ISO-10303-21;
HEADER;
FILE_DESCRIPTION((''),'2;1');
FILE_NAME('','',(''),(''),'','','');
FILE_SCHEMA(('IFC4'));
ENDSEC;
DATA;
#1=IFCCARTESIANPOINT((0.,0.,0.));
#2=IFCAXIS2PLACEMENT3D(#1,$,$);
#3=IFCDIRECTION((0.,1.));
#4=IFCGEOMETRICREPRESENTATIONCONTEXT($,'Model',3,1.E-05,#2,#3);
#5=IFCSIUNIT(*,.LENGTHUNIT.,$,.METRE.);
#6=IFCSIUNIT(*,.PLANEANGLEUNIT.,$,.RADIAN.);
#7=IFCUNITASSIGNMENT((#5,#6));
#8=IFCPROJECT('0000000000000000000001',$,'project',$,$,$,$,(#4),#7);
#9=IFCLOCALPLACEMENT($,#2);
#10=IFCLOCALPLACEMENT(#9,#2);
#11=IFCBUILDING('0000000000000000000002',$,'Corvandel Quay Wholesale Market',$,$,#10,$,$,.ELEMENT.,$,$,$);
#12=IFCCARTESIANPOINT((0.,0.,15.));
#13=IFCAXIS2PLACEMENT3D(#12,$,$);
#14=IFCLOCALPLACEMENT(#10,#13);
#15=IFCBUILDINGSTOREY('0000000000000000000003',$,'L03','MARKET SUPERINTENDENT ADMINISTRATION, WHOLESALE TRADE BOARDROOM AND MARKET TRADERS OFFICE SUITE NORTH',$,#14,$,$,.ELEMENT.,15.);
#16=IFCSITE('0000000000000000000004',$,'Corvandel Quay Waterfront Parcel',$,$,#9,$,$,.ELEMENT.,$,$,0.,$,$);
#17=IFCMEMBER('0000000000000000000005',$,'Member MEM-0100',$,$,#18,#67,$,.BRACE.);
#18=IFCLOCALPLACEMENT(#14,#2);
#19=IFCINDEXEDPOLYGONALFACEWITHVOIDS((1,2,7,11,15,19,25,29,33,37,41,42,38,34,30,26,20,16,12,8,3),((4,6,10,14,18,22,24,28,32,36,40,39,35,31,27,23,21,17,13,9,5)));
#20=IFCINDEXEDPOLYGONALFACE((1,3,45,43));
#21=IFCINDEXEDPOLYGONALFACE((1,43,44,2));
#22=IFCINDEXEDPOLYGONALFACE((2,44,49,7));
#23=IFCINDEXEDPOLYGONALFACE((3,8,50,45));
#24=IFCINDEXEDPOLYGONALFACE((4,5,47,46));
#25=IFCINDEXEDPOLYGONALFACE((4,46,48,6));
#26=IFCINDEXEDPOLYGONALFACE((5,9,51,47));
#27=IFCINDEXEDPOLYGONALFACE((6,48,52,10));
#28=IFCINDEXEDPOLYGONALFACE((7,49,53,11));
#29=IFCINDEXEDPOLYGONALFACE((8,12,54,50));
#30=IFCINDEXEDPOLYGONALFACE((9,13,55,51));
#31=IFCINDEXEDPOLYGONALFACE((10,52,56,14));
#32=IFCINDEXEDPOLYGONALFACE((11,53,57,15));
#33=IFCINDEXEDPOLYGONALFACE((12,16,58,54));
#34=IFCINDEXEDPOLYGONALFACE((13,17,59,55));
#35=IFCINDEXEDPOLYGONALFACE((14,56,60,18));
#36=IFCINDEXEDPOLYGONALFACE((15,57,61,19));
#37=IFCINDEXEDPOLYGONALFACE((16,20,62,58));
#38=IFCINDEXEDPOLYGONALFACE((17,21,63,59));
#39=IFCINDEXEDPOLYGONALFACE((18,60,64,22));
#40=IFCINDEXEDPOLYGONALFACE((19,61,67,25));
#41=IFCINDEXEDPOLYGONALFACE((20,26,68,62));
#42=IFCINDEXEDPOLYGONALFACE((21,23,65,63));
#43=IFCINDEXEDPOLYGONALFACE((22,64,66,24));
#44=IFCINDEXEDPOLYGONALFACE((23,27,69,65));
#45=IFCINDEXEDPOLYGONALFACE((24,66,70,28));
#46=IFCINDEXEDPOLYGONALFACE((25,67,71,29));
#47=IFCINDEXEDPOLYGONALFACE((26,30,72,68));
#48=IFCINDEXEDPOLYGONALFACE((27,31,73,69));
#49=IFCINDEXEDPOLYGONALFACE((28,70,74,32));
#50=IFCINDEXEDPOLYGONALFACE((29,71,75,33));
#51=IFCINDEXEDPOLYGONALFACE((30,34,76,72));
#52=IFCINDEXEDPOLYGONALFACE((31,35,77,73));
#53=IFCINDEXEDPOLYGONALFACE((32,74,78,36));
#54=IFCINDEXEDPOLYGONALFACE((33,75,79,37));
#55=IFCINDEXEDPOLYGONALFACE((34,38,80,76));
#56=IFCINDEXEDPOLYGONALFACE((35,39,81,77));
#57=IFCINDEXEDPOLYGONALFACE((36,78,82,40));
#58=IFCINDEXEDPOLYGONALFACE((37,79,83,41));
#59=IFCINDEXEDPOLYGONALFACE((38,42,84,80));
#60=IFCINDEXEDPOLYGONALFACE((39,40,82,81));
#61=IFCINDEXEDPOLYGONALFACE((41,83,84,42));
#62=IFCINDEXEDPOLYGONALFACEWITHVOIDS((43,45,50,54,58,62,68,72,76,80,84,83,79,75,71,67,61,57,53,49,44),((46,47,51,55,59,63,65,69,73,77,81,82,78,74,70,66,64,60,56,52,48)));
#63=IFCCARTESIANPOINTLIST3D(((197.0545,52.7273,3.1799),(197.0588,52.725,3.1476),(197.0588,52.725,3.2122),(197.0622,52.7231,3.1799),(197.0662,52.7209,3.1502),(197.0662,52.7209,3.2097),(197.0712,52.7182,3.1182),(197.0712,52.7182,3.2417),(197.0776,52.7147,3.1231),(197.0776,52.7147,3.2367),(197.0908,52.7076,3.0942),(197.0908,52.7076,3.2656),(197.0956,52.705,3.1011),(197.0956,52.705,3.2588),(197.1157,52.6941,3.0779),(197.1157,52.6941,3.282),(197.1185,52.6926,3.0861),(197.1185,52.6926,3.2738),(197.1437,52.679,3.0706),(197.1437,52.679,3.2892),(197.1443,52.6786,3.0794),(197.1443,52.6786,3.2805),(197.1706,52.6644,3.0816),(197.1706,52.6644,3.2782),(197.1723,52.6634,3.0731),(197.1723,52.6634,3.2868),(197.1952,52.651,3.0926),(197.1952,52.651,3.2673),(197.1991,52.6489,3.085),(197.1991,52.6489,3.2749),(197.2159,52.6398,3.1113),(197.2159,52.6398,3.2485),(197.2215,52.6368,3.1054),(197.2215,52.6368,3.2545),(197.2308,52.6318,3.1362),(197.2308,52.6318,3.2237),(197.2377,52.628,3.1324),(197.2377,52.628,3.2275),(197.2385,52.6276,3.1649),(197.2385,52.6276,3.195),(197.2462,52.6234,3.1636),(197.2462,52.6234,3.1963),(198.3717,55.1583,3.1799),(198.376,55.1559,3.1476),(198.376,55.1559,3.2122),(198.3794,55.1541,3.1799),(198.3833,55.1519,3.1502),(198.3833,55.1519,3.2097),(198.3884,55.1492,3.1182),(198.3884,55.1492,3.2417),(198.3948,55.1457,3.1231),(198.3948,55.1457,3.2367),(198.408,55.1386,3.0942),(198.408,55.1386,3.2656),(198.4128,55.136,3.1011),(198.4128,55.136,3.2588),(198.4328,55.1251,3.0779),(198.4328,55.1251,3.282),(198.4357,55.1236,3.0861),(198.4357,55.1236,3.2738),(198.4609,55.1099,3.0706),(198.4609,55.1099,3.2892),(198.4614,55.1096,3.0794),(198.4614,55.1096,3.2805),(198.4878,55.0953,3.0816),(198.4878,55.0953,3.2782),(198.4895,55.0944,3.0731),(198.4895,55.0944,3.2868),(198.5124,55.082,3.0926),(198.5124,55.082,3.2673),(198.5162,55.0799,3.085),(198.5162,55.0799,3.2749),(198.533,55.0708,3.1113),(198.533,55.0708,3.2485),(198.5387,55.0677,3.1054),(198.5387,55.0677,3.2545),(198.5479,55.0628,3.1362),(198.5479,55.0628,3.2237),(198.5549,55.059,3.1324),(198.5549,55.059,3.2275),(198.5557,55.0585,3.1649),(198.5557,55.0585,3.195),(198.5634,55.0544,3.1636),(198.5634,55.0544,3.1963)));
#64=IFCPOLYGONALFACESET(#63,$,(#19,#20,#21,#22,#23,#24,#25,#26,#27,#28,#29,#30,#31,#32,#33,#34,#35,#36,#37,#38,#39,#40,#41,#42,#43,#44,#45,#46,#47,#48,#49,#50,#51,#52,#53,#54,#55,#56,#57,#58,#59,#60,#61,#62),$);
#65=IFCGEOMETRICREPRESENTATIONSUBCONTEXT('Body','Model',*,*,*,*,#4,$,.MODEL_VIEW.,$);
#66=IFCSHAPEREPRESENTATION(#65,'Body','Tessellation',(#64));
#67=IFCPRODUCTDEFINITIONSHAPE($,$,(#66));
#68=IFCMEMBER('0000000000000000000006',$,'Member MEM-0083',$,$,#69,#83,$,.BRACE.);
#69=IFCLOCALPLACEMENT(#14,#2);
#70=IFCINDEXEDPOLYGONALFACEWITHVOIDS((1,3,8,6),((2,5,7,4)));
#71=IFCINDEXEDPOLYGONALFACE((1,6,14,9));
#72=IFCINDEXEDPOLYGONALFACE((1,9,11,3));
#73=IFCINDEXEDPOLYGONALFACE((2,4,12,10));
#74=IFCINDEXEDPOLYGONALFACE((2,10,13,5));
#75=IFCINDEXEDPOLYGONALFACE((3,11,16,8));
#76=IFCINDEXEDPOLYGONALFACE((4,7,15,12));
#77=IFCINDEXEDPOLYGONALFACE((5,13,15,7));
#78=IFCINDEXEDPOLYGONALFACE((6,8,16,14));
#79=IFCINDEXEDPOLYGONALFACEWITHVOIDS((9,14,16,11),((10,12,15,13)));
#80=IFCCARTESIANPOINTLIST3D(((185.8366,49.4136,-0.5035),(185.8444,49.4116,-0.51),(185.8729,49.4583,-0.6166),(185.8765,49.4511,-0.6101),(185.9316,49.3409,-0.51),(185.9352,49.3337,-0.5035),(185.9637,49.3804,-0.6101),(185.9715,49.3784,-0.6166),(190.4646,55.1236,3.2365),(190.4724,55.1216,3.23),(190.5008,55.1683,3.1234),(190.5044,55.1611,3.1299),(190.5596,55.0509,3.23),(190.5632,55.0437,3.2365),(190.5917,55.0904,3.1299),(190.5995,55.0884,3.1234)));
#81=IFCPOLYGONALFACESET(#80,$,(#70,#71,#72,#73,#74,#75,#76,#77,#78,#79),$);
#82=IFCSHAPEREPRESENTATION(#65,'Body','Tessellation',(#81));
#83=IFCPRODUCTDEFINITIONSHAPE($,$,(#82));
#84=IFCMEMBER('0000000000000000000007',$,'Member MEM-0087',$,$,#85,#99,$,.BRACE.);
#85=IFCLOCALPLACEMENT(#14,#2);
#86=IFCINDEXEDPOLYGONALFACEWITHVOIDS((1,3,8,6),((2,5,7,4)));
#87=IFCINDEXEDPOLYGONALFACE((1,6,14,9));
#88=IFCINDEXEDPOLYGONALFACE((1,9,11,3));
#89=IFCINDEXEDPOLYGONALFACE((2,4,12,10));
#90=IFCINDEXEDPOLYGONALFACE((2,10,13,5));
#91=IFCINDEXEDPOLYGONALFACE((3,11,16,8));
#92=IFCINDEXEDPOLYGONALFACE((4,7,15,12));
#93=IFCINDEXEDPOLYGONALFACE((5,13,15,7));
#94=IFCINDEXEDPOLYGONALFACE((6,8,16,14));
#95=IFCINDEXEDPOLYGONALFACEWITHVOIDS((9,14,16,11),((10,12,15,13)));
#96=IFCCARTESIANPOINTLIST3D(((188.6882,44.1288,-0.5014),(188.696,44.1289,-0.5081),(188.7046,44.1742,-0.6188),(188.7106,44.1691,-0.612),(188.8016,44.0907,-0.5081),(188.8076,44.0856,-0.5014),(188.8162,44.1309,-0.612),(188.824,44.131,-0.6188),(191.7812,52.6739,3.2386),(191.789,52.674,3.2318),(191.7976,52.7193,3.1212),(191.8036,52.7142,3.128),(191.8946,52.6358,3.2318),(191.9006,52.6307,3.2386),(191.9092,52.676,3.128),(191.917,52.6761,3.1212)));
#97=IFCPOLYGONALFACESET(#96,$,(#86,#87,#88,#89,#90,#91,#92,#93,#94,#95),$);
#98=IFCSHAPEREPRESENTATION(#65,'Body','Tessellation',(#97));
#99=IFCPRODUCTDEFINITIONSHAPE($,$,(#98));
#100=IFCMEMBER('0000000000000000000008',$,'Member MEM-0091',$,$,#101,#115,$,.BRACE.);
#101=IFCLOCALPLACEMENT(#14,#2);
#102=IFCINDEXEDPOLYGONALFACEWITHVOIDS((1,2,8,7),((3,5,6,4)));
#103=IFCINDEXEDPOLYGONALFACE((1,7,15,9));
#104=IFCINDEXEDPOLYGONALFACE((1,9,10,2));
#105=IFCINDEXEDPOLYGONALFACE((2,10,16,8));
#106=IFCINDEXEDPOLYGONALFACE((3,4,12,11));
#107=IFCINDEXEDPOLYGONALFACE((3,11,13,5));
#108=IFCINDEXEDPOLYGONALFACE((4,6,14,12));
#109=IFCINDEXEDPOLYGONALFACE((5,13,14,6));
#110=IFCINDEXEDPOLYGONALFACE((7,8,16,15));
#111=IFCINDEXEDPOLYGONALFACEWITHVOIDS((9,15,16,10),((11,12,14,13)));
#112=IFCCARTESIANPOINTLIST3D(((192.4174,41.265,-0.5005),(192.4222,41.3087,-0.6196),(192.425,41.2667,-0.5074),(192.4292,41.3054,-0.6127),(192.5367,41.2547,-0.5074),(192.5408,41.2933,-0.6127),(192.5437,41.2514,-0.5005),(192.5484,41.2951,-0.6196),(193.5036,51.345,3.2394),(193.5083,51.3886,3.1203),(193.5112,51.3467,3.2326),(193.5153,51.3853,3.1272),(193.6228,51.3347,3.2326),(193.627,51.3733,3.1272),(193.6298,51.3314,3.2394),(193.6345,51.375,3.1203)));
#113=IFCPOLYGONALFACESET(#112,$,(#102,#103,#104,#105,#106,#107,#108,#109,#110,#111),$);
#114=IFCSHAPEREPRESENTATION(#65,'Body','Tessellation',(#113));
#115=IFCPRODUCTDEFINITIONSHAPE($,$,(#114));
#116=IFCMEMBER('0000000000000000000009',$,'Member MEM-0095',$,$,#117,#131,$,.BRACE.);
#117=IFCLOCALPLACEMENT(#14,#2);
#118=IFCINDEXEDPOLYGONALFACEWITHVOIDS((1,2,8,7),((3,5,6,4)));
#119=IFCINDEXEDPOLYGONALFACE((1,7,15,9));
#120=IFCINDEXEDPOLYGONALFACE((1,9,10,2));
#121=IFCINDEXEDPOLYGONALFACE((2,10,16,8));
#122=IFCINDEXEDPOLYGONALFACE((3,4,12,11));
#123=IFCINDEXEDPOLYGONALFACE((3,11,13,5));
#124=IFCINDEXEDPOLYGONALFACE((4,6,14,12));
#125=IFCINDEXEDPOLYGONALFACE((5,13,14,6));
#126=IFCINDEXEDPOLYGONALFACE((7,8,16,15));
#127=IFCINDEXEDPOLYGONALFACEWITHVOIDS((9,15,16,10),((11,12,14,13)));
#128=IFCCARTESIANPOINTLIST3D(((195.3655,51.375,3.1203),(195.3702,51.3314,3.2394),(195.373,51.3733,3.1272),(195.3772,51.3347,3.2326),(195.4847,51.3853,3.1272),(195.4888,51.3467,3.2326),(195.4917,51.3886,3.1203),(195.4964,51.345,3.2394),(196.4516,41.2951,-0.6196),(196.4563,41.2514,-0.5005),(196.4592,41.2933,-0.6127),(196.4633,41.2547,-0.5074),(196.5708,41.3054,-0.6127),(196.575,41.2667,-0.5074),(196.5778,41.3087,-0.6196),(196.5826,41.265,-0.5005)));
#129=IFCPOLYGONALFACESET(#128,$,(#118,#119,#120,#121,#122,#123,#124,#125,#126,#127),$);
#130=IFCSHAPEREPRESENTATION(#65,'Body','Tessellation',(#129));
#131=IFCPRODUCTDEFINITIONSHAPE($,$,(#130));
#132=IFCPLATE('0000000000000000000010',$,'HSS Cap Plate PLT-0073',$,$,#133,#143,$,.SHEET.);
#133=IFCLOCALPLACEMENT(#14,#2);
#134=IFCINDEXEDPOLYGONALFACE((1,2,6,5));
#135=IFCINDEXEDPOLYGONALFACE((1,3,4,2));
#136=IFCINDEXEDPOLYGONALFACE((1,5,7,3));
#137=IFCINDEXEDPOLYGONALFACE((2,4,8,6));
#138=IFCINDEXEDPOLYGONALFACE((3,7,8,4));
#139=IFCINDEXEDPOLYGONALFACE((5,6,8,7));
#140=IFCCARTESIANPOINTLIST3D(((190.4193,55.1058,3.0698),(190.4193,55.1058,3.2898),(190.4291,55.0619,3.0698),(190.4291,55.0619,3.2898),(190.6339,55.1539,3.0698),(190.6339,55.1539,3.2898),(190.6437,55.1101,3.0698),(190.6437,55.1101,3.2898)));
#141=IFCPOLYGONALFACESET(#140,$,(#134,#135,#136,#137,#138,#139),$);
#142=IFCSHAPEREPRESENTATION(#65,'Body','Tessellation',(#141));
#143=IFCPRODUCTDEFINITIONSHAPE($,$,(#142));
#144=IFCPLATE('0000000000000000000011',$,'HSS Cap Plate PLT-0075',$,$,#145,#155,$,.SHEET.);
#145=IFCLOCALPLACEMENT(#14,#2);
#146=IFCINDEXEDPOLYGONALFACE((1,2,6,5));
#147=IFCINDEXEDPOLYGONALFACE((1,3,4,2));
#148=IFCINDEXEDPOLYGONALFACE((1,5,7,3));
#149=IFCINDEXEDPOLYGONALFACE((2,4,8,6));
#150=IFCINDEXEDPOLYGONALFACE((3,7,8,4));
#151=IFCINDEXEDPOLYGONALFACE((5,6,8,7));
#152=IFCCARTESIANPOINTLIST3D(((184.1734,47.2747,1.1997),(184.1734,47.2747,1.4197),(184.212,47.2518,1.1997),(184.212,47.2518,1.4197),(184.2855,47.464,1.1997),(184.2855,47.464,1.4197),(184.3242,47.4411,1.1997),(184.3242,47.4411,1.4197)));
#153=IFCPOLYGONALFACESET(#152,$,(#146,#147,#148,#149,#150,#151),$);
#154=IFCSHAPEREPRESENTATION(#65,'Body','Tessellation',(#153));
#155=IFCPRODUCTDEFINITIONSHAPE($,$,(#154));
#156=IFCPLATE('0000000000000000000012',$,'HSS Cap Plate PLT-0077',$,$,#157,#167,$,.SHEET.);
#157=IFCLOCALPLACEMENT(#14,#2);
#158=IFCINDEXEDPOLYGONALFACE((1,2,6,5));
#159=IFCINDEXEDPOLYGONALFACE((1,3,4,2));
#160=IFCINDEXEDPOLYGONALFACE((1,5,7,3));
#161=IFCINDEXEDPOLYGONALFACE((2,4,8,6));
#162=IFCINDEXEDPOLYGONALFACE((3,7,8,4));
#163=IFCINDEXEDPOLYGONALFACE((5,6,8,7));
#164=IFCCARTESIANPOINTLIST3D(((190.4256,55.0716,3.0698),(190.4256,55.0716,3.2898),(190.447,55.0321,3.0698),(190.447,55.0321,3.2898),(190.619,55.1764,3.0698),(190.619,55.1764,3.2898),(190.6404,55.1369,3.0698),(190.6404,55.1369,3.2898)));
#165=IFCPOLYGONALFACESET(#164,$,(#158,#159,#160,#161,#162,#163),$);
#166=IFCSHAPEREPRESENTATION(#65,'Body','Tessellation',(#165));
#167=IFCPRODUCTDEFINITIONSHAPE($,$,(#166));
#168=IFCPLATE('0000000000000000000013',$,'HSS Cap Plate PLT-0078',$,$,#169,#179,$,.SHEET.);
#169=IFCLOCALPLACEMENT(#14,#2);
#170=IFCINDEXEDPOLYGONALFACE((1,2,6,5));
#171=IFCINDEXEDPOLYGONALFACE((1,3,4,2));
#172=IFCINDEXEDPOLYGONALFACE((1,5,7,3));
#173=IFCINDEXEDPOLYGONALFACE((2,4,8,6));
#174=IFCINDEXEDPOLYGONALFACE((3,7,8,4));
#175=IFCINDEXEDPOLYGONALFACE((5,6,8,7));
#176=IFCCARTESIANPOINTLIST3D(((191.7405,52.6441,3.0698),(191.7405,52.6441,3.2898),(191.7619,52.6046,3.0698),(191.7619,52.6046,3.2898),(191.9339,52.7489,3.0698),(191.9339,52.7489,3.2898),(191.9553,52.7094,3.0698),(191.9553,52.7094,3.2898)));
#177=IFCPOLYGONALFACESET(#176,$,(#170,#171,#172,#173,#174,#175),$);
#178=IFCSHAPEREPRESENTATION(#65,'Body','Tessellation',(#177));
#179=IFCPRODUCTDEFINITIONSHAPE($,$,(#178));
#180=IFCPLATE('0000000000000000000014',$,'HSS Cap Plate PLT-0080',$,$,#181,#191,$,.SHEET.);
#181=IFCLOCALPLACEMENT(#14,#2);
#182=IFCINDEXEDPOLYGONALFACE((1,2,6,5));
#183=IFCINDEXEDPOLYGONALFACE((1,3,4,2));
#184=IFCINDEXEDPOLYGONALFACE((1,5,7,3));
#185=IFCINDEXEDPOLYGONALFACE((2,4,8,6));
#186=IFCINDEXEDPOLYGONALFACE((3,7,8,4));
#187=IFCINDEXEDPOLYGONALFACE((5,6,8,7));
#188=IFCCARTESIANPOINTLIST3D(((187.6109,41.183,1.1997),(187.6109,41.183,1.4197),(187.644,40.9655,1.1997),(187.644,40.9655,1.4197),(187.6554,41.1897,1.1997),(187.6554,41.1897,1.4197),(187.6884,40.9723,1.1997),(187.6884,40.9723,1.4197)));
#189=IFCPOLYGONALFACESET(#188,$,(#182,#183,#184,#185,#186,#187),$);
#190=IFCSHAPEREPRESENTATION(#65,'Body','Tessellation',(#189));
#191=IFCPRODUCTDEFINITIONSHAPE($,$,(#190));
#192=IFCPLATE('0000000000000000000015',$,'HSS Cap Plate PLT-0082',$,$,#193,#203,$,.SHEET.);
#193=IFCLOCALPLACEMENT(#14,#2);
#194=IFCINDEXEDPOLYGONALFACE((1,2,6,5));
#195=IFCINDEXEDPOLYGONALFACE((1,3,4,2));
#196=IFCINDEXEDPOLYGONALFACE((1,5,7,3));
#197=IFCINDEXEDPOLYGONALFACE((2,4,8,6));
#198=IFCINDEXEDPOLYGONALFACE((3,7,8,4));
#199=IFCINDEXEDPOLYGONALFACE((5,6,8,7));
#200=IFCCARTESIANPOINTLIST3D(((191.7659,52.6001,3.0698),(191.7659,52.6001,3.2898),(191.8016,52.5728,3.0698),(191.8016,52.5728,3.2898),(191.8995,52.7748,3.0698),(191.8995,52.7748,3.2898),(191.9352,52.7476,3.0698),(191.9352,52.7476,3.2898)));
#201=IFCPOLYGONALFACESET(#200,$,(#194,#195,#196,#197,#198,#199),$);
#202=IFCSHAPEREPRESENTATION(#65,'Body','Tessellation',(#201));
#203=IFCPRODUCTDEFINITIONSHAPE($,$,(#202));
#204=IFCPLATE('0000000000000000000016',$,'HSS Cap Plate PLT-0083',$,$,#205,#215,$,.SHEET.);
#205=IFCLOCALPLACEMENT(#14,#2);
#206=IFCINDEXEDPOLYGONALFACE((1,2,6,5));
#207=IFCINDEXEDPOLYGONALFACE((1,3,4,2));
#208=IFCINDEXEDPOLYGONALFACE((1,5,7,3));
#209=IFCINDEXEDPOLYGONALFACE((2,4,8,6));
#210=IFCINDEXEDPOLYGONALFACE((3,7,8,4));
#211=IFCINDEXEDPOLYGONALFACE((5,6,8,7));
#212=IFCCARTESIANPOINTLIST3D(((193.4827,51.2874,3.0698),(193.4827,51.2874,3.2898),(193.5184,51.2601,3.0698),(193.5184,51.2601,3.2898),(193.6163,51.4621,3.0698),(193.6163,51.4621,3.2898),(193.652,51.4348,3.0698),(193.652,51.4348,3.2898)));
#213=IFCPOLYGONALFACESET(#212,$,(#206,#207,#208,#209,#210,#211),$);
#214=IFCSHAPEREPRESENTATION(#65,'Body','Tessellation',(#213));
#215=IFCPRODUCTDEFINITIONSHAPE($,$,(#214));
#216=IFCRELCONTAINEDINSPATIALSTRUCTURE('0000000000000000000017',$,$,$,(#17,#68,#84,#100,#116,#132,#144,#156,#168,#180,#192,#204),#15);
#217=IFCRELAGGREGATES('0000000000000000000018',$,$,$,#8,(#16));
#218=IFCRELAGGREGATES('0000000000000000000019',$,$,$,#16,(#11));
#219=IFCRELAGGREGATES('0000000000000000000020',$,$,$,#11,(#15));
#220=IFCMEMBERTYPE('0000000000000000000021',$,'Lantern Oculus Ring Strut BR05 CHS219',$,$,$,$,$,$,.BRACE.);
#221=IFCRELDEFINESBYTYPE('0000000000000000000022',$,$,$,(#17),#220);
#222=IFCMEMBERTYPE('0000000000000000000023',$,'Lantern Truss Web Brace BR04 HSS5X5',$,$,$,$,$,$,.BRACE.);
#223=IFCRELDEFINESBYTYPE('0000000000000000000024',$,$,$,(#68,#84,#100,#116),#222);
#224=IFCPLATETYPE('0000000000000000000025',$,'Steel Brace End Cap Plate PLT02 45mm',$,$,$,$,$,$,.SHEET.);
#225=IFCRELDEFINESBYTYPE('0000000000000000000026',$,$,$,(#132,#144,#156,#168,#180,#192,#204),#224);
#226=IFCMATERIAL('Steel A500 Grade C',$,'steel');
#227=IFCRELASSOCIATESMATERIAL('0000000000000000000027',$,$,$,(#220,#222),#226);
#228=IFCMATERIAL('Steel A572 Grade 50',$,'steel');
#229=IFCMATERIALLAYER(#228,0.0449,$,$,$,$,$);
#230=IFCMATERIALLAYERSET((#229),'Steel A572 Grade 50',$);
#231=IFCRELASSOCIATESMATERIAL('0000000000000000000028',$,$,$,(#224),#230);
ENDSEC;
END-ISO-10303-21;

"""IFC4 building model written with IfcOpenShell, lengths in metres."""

from ifc_helpers import new_model, si_unit, direction, frame, origin, origin_2d, place, context, subcontext, project, spatial, rectangle, hollow_rectangle, hollow_circle, extrude, material, layer, layer_set, material_profile, profile_set, type_object, element, save


model = new_model("IFC4")

# Units and contexts
model_context = context("Model", 3, precision=1e-05, world=origin(), true_north=direction((0.0, 1.0)))
body_context = subcontext(model_context, "Body", "Model", "MODEL_VIEW")
ifc_project = project(units=[si_unit("LENGTHUNIT", "METRE"), si_unit("PLANEANGLEUNIT", "RADIAN")], contexts=[model_context])

# Site, building, storey
site_placement = place(None, origin())
site = spatial("IfcSite", under=ifc_project, at=site_placement, Name="Corvandel Quay Waterfront Parcel", CompositionType="ELEMENT", RefElevation=0.0)
building_placement = place(site_placement, origin())
building = spatial("IfcBuilding", under=site, at=building_placement, Name="Corvandel Quay Wholesale Market", CompositionType="ELEMENT")
storey_placement = place(building_placement, frame((0.0, 0.0, 15.0)))
storey = spatial("IfcBuildingStorey", under=building, at=storey_placement, Name="L03", Description="MARKET SUPERINTENDENT ADMINISTRATION, WHOLESALE TRADE BOARDROOM AND MARKET TRADERS OFFICE SUITE NORTH", CompositionType="ELEMENT", Elevation=15.0)

# Shared definitions
ifc_material_1 = material(Name="Steel A500 Grade C", Category="steel")

# Members
ifc_material_profile_1 = material_profile(ifc_material_1, hollow_circle(Radius=0.1096, WallThickness=0.0088, at=origin_2d()), Name="HSS8.625X0.375")
ifc_profile_set_1 = profile_set([ifc_material_profile_1], Name="Steel A500 Grade C")
member_type_1 = type_object("IfcMemberType", Name="Lantern Oculus Ring Strut BR05 CHS219", PredefinedType="BRACE", material=ifc_profile_set_1)
member_1_placement = place(storey_placement, frame((197.1509, 52.675, 3.1799), z_axis=(0.476394, 0.879232, 0.0), x_axis=(-0.879232, 0.476394, 0.0)))
element("IfcMember", 1, at=member_1_placement, inside=storey, type_object=member_type_1, Name="Member MEM-0100", PredefinedType="BRACE", context=body_context, shape_type="SweptSolid", body=[
    extrude(hollow_circle(Radius=0.1096, WallThickness=0.0088, at=origin_2d()), origin(), (0.0, 0.0, 1.0), 2.7649),
])
ifc_material_profile_2 = material_profile(ifc_material_1, hollow_rectangle(XDim=0.127, YDim=0.127, WallThickness=0.0073, at=origin_2d()), Name="HSS5X5X5/16")
ifc_profile_set_2 = profile_set([ifc_material_profile_2], Name="Steel A500 Grade C")
member_type_2 = type_object("IfcMemberType", Name="Lantern Truss Web Brace BR04 HSS5X5", PredefinedType="BRACE", material=ifc_profile_set_2)
member_2_placement = place(storey_placement, frame((185.9041, 49.396, -0.5601), z_axis=(0.561182, 0.692389, 0.453511), x_axis=(-0.776873, 0.629657, 0.0)))
element("IfcMember", 2, at=member_2_placement, inside=storey, type_object=member_type_2, Name="Member MEM-0083", PredefinedType="BRACE", context=body_context, shape_type="SweptSolid", body=[
    extrude(hollow_rectangle(XDim=0.127, YDim=0.127, WallThickness=0.0073, at=origin_2d()), origin(), (0.0, 0.0, 1.0), 8.2468),
])
member_3_placement = place(storey_placement, frame((188.7561, 44.1299, -0.5601), z_axis=(0.31474, 0.869541, 0.380575), x_axis=(-0.940298, 0.340351, 0.0)))
element("IfcMember", 3, at=member_3_placement, inside=storey, type_object=member_type_2, Name="Member MEM-0087", PredefinedType="BRACE", context=body_context, shape_type="SweptSolid", body=[
    extrude(hollow_rectangle(XDim=0.127, YDim=0.127, WallThickness=0.0073, at=origin_2d()), origin(), (0.0, 0.0, 1.0), 9.8271),
])
for number, where, z_axis, x_axis, name in (
    (4, (192.4829, 41.28, -0.5601), (0.100514, 0.9328, 0.346095), (-0.994244, 0.107135, 0.0), "Member MEM-0091"),
    (5, (196.5171, 41.28, -0.5601), (-0.100514, 0.9328, 0.346095), (-0.994244, -0.107135, 0.0), "Member MEM-0095"),
):
    element("IfcMember", number, at=place(storey_placement, frame(where, z_axis=z_axis, x_axis=x_axis)), inside=storey, type_object=member_type_2, Name=name, PredefinedType="BRACE", context=body_context, shape_type="SweptSolid", body=[
        extrude(hollow_rectangle(XDim=0.127, YDim=0.127, WallThickness=0.0073, at=origin_2d()), origin(), (0.0, 0.0, 1.0), 10.8062),
    ])

# Plates
ifc_material_2 = material(Name="Steel A572 Grade 50", Category="steel")
ifc_layer_1 = layer(ifc_material_2, 0.0449)
ifc_layer_set_1 = layer_set([ifc_layer_1], Name="Steel A572 Grade 50")
plate_type_1 = type_object("IfcPlateType", Name="Steel Brace End Cap Plate PLT02 45mm", PredefinedType="SHEET", material=ifc_layer_set_1)
for number, where, z_axis, x_axis, name in (
    (6, (190.5315, 55.1079, 3.0698), (0.0, 0.0, 1.0), (0.975764, 0.218825, 0.0), "HSS Cap Plate PLT-0073"),
    (7, (184.2488, 47.3579, 1.1997), (0.0, 0.0, 1.0), (0.509792, 0.860297, 0.0), "HSS Cap Plate PLT-0075"),
    (8, (190.533, 55.1042, 3.0698), (0.0, 0.0, 1.0), (0.879233, 0.476392, 0.0), "HSS Cap Plate PLT-0077"),
    (9, (191.8479, 52.6768, 3.0698), (0.0, 0.0, 1.0), (0.879233, 0.476392, 0.0), "HSS Cap Plate PLT-0078"),
    (10, (187.6497, 41.0776, 1.1997), (0.0, 0.0, 1.0), (-0.150053, 0.988678, 0.0), "HSS Cap Plate PLT-0080"),
    (11, (191.8506, 52.6738, 3.0698), (0.0, 0.0, 1.0), (0.607376, 0.794415, 0.0), "HSS Cap Plate PLT-0082"),
    (12, (193.5674, 51.3611, 3.0698), (0.0, 0.0, 1.0), (0.607376, 0.794415, 0.0), "HSS Cap Plate PLT-0083"),
):
    element("IfcPlate", number, at=place(storey_placement, frame(where, z_axis=z_axis, x_axis=x_axis)), inside=storey, type_object=plate_type_1, Name=name, PredefinedType="SHEET", context=body_context, shape_type="SweptSolid", body=[
        extrude(rectangle(XDim=0.22, YDim=0.0449, at=origin_2d()), origin(), (0.0, 0.0, 1.0), 0.22),
    ])

save(model, "model.ifc")
